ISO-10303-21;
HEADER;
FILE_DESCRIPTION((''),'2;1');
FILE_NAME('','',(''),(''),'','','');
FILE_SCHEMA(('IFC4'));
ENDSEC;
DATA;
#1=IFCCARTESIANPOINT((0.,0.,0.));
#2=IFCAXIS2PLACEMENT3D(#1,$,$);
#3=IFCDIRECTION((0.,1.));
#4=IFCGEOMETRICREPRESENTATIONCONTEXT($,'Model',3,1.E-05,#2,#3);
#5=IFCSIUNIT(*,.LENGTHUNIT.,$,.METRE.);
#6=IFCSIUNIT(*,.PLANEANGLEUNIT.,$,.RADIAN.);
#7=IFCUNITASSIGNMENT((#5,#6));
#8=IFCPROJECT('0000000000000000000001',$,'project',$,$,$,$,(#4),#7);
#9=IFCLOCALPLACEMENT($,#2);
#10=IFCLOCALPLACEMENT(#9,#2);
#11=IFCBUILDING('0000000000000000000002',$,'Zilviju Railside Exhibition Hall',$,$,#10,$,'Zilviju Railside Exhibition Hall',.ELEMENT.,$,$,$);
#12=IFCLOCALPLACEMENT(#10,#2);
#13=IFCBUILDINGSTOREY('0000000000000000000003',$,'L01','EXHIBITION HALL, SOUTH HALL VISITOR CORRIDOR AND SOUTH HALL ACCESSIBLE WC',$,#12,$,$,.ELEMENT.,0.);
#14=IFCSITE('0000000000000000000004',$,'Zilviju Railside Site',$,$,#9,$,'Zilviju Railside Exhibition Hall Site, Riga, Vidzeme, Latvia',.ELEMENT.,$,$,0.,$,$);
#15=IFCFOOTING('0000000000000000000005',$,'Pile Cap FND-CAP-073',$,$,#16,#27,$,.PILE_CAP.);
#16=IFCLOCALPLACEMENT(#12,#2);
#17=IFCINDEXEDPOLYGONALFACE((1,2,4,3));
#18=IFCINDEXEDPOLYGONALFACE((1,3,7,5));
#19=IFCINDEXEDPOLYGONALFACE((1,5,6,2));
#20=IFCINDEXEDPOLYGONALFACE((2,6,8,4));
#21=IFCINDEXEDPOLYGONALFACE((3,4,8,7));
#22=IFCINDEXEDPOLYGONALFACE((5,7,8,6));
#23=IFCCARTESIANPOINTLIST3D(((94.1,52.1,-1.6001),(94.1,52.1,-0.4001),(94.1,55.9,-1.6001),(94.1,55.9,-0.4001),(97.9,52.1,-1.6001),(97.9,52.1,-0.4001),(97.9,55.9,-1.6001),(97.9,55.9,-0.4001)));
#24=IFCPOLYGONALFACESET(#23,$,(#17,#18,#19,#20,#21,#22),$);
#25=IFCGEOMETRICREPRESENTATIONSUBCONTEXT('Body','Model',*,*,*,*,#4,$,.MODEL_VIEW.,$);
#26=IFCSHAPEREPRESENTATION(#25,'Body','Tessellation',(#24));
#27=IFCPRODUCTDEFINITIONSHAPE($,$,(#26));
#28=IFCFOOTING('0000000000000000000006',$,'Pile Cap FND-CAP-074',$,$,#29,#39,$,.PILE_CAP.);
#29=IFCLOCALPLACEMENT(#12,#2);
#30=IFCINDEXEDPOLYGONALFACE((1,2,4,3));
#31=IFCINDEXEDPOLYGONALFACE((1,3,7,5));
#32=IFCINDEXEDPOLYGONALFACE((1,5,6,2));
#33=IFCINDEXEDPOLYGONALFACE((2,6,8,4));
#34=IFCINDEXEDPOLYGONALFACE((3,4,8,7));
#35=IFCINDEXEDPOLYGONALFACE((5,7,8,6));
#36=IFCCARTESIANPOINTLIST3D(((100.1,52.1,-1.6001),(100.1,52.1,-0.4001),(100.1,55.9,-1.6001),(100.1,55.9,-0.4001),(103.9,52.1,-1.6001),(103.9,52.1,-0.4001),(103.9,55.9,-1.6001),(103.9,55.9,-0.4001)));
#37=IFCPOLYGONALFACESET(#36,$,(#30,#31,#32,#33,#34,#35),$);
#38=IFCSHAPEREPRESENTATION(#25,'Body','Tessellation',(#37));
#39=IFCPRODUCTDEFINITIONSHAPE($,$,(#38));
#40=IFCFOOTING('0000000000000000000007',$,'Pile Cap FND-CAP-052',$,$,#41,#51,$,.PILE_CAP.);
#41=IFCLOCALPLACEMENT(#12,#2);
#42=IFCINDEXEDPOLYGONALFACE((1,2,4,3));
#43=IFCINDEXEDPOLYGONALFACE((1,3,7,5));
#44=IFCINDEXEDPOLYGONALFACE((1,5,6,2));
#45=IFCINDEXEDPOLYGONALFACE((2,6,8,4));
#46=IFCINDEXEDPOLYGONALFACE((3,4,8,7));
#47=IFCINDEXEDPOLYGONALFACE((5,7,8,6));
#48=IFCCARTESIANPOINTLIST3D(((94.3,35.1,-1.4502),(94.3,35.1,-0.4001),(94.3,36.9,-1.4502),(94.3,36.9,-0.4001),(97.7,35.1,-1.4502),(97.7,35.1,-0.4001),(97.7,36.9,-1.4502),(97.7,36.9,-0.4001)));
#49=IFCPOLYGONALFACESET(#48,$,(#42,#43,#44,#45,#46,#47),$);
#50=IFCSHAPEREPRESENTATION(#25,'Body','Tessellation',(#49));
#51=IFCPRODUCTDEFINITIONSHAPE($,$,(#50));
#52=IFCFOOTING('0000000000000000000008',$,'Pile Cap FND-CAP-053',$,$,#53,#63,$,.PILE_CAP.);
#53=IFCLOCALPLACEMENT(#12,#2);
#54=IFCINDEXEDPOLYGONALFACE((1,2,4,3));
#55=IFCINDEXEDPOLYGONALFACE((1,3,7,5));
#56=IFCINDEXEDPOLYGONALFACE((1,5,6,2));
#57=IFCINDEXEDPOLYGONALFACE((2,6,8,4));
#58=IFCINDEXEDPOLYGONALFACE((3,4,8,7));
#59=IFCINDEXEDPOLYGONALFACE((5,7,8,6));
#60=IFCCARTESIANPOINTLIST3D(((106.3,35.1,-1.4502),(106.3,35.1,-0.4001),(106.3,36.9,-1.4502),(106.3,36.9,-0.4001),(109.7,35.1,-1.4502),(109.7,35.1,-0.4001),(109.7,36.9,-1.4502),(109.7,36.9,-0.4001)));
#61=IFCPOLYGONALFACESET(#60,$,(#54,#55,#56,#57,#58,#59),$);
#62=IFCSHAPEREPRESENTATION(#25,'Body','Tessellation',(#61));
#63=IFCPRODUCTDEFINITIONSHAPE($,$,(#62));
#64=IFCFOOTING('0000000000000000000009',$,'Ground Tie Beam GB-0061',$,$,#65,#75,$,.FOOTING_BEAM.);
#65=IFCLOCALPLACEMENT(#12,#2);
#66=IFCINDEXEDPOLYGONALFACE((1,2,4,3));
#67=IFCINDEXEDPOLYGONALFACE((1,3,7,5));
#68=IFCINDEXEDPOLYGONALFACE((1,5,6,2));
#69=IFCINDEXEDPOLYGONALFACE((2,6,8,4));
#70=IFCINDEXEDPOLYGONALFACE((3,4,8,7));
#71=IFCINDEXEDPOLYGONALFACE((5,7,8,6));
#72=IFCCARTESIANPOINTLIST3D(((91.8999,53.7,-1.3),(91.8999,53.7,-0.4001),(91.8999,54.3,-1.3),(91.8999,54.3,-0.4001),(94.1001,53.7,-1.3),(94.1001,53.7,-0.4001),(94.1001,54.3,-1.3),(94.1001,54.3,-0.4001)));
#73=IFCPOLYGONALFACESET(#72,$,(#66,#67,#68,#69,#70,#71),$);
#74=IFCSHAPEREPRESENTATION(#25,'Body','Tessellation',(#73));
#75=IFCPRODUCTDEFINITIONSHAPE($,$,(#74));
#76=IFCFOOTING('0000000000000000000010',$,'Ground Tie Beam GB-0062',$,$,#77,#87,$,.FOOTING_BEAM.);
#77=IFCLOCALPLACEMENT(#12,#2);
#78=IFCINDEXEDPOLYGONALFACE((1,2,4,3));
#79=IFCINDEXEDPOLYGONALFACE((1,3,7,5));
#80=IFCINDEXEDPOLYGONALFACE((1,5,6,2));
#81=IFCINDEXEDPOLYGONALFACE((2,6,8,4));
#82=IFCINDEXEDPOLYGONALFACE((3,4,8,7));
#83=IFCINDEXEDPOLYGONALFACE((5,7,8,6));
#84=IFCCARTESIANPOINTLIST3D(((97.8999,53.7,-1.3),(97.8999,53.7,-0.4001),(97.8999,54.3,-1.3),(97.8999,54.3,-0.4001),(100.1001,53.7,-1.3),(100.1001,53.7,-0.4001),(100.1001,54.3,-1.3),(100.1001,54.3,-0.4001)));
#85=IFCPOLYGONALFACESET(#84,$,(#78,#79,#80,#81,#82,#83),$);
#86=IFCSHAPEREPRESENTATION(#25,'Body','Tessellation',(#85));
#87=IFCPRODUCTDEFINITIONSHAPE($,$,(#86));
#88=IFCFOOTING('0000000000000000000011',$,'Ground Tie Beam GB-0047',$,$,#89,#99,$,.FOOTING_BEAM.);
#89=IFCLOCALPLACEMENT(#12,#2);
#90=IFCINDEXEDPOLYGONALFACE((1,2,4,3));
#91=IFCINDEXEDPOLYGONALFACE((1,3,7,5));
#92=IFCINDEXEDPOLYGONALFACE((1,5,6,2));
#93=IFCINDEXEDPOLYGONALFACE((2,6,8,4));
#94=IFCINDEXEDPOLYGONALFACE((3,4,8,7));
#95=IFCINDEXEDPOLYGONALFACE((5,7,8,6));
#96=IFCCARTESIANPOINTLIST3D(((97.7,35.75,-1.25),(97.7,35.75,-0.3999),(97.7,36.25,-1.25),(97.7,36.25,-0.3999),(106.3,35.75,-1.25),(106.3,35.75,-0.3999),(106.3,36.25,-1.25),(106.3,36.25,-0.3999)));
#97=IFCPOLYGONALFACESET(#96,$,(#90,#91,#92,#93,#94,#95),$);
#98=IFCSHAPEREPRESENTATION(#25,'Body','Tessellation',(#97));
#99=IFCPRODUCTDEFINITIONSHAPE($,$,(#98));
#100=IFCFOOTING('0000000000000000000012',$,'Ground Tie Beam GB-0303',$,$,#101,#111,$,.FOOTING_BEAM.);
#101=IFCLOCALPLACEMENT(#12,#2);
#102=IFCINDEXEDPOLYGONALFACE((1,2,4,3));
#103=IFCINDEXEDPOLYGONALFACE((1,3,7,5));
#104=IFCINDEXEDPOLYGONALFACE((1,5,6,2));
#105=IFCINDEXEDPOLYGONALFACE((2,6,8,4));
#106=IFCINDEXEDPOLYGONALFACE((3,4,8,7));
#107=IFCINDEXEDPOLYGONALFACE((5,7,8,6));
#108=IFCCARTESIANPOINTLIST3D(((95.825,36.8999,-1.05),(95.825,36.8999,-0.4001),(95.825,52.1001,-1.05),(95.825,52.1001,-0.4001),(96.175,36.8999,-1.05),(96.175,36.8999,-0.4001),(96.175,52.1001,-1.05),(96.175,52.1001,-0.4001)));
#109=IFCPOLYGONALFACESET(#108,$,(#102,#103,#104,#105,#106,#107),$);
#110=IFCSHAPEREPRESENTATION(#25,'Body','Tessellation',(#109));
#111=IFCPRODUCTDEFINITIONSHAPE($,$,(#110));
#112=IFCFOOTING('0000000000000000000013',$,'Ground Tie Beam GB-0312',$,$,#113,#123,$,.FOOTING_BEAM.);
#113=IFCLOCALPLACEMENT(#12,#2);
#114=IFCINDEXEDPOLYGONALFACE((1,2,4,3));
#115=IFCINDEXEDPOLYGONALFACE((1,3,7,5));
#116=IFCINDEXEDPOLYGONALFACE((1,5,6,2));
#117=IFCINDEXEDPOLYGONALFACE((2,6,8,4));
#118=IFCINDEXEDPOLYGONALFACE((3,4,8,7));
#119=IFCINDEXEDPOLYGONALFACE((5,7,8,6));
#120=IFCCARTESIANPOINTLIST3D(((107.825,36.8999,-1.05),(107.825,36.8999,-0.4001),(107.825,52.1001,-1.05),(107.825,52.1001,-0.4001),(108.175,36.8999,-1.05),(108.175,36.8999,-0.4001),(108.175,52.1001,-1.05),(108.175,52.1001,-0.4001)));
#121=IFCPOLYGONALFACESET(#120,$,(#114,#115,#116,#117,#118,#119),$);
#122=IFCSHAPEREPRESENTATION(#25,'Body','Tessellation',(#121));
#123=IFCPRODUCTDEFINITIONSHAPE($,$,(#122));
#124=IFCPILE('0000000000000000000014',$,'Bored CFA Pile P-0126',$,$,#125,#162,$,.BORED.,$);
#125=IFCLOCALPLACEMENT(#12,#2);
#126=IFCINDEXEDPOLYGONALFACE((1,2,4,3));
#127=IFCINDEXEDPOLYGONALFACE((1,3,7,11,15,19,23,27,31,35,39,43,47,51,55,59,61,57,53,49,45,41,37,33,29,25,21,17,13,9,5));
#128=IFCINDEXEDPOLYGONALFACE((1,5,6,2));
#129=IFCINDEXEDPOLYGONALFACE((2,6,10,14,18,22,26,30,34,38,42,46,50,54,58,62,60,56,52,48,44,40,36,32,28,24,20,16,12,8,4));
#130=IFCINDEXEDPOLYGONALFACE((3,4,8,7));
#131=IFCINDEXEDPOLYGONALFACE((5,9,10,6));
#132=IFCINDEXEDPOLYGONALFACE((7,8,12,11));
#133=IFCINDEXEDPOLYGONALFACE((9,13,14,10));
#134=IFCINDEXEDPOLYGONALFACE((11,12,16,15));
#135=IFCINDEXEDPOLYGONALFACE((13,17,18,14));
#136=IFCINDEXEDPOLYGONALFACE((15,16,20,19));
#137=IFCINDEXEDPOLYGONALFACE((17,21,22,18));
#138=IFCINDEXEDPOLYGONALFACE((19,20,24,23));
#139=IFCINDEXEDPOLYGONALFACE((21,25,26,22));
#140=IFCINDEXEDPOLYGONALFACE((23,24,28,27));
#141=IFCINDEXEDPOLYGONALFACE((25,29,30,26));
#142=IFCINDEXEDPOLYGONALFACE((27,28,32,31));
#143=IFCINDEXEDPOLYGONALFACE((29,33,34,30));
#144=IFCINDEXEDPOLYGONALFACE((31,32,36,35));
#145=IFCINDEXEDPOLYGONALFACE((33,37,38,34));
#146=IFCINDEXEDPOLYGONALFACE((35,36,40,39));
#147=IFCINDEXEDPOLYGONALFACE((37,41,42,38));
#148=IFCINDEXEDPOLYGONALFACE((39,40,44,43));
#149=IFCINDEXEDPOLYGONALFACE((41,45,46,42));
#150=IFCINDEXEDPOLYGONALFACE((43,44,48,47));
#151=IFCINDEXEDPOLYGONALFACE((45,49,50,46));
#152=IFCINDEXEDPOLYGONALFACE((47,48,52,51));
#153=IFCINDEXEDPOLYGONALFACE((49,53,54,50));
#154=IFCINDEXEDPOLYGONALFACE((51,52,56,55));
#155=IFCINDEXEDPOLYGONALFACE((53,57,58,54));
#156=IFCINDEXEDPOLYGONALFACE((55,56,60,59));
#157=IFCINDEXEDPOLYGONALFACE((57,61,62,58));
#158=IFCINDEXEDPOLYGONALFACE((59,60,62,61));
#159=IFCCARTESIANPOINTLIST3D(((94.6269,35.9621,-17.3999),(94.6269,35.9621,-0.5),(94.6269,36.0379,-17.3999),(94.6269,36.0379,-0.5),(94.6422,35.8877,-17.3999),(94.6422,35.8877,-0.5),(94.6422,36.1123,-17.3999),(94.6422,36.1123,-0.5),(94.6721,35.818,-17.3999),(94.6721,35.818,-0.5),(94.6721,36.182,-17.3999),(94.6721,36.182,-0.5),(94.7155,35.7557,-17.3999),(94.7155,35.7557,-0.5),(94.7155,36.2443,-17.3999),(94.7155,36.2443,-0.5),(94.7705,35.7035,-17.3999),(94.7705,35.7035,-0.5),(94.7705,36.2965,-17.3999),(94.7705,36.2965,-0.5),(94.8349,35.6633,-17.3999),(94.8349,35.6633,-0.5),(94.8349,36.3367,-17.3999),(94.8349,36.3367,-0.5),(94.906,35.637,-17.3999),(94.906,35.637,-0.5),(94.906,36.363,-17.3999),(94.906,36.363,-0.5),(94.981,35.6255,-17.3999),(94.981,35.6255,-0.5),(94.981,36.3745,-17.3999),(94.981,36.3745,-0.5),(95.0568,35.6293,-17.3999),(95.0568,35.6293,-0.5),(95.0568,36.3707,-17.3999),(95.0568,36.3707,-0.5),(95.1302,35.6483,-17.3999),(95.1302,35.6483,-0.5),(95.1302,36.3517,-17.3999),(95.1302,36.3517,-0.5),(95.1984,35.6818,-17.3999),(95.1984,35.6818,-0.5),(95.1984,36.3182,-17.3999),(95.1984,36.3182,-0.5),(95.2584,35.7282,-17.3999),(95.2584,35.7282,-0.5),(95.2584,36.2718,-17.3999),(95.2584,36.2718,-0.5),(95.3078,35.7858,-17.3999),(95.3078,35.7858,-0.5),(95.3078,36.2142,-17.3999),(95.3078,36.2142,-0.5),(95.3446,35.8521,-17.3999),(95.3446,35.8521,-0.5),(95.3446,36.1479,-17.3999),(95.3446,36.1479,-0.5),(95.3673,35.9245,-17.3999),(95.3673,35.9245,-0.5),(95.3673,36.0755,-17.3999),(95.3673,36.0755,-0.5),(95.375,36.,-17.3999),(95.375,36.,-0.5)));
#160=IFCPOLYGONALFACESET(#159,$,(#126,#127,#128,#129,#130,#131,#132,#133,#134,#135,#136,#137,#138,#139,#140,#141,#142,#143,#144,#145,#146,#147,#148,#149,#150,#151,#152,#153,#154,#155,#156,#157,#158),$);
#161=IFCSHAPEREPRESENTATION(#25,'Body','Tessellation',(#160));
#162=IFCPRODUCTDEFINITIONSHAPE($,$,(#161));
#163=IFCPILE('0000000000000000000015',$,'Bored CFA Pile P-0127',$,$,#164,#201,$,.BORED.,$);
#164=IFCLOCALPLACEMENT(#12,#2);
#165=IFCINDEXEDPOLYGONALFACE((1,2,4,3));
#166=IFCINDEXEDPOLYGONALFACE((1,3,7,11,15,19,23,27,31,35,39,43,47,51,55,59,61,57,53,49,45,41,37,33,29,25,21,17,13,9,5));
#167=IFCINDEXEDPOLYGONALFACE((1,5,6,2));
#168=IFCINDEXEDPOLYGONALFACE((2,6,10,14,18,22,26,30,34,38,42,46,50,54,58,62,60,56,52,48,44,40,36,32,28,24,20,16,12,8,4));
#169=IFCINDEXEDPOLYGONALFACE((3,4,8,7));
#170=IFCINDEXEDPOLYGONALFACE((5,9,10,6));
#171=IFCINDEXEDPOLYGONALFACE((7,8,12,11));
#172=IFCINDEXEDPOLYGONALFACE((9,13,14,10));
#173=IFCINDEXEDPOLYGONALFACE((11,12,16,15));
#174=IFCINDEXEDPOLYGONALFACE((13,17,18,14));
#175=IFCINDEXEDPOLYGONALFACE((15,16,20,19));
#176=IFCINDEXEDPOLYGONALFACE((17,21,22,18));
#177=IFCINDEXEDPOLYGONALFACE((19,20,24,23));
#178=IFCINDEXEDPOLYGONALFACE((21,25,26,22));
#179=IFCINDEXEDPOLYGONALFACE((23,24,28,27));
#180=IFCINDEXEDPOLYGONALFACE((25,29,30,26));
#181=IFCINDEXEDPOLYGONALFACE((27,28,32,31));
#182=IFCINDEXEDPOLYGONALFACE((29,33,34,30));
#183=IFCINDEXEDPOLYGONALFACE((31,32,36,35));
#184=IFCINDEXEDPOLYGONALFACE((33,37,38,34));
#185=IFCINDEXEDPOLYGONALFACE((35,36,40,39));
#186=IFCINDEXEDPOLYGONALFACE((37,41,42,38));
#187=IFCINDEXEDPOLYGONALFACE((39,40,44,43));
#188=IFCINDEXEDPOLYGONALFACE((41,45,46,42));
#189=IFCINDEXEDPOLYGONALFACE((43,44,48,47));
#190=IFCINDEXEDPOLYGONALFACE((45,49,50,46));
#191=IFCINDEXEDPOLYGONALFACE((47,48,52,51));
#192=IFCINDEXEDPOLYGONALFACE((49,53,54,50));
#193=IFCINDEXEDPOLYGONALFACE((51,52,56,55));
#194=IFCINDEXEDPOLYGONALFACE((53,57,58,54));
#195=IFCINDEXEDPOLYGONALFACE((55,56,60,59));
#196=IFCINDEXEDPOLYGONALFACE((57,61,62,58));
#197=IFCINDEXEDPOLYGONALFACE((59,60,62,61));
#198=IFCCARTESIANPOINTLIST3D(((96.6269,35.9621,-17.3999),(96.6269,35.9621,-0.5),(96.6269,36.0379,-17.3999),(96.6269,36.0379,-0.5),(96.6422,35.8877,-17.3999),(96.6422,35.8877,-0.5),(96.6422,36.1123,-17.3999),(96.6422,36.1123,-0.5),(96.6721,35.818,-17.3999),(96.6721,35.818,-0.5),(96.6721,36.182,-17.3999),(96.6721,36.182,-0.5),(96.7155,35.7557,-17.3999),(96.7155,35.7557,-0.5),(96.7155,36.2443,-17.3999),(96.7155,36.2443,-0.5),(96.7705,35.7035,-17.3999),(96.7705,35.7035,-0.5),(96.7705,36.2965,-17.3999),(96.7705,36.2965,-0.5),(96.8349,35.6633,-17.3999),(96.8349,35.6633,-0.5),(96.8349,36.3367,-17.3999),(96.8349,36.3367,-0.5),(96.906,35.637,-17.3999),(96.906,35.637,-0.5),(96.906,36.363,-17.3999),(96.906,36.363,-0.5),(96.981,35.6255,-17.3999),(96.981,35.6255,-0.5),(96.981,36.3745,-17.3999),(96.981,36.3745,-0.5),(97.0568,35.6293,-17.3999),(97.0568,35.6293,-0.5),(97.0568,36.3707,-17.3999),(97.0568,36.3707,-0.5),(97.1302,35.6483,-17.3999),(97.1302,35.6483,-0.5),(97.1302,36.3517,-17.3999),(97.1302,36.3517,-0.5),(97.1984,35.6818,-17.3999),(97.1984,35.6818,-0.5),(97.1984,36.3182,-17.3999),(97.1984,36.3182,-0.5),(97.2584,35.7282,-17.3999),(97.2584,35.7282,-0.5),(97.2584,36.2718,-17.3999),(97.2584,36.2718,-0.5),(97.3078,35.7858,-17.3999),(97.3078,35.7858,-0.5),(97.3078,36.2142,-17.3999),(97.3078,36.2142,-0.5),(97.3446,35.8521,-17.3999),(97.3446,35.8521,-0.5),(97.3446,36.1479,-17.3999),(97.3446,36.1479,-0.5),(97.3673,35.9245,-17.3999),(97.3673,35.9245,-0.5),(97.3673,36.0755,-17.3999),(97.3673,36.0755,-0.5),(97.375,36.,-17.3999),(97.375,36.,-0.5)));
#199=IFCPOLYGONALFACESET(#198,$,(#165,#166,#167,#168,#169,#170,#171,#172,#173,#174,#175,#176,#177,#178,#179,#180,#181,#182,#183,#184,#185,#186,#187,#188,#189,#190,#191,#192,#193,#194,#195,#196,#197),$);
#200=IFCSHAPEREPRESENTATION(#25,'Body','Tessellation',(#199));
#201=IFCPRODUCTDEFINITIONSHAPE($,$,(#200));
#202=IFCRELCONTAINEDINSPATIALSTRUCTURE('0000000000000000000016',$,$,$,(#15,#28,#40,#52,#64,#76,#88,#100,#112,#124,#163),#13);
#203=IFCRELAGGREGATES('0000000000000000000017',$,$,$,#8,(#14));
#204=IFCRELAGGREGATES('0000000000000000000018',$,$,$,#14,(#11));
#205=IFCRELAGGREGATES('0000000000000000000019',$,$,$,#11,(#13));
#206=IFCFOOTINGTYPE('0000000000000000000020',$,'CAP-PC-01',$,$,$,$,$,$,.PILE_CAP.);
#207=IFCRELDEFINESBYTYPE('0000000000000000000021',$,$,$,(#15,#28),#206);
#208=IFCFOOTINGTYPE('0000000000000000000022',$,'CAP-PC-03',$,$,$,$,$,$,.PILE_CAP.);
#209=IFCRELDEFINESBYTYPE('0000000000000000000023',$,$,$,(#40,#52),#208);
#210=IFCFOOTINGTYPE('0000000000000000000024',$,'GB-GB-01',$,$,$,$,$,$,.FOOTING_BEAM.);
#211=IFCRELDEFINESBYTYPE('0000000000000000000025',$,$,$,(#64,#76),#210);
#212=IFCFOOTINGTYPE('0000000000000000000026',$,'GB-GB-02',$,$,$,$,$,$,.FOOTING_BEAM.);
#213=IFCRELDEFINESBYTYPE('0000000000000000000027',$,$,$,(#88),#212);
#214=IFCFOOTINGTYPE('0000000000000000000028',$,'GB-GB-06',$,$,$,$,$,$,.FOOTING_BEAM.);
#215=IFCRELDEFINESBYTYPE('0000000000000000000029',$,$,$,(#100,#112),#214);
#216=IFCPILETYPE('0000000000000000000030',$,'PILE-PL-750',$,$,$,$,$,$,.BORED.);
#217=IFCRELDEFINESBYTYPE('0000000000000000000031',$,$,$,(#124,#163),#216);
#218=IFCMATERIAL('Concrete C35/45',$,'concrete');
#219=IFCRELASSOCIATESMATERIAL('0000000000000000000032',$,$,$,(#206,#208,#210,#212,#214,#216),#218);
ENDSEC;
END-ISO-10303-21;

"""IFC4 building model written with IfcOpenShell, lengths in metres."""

from ifc_helpers import new_model, si_unit, direction, frame, origin, origin_2d, place, context, subcontext, project, spatial, rectangle, circle, extrude, material, material_profile, profile_set, type_object, element, save


model = new_model("IFC4")

# Units and contexts
model_context = context("Model", 3, precision=1e-05, world=origin(), true_north=direction((0.0, 1.0)))
body_context = subcontext(model_context, "Body", "Model", "MODEL_VIEW")
ifc_project = project(units=[si_unit("LENGTHUNIT", "METRE"), si_unit("PLANEANGLEUNIT", "RADIAN")], contexts=[model_context])

# Site, building, storey
site_placement = place(None, origin())
site = spatial("IfcSite", under=ifc_project, at=site_placement, Name="Zilviju Railside Site", LongName="Zilviju Railside Exhibition Hall Site, Riga, Vidzeme, Latvia", CompositionType="ELEMENT", RefElevation=0.0)
building_placement = place(site_placement, origin())
building = spatial("IfcBuilding", under=site, at=building_placement, Name="Zilviju Railside Exhibition Hall", LongName="Zilviju Railside Exhibition Hall", CompositionType="ELEMENT")
storey_placement = place(building_placement, origin())
storey = spatial("IfcBuildingStorey", under=building, at=storey_placement, Name="L01", Description="EXHIBITION HALL, SOUTH HALL VISITOR CORRIDOR AND SOUTH HALL ACCESSIBLE WC", CompositionType="ELEMENT", Elevation=0.0)

# Footings
ifc_material_1 = material(Name="Concrete C35/45", Category="concrete")
footing_type_1 = type_object("IfcFootingType", Name="CAP-PC-01", PredefinedType="PILE_CAP", material=ifc_material_1)
for number, where, z_axis, x_axis, name in (
    (1, (96.0, 54.0, -1.6001), (0.0, 0.0, 1.0), (1.0, 0.0, 0.0), "Pile Cap FND-CAP-073"),
    (2, (102.0, 54.0, -1.6001), (0.0, 0.0, 1.0), (1.0, 0.0, 0.0), "Pile Cap FND-CAP-074"),
):
    element("IfcFooting", number, at=place(storey_placement, frame(where, z_axis=z_axis, x_axis=x_axis)), inside=storey, type_object=footing_type_1, Name=name, PredefinedType="PILE_CAP", context=body_context, shape_type="SweptSolid", body=[
        extrude(rectangle(XDim=3.8, YDim=3.8, at=origin_2d()), origin(), (0.0, 0.0, 1.0), 1.2),
    ])
footing_type_2 = type_object("IfcFootingType", Name="CAP-PC-03", PredefinedType="PILE_CAP", material=ifc_material_1)
for number, where, z_axis, x_axis, name in (
    (3, (96.0, 36.0, -1.4502), (0.0, 0.0, 1.0), (1.0, 0.0, 0.0), "Pile Cap FND-CAP-052"),
    (4, (108.0, 36.0, -1.4502), (0.0, 0.0, 1.0), (1.0, 0.0, 0.0), "Pile Cap FND-CAP-053"),
):
    element("IfcFooting", number, at=place(storey_placement, frame(where, z_axis=z_axis, x_axis=x_axis)), inside=storey, type_object=footing_type_2, Name=name, PredefinedType="PILE_CAP", context=body_context, shape_type="SweptSolid", body=[
        extrude(rectangle(XDim=3.3999, YDim=1.8, at=origin_2d()), origin(), (0.0, 0.0, 1.0), 1.05),
    ])
ifc_material_profile_1 = material_profile(ifc_material_1, rectangle(XDim=0.6001, YDim=0.8999, at=origin_2d()), Name="TIE BEAM 600x900")
ifc_profile_set_1 = profile_set([ifc_material_profile_1], Name="Concrete C35/45")
footing_type_3 = type_object("IfcFootingType", Name="GB-GB-01", PredefinedType="FOOTING_BEAM", material=ifc_profile_set_1)
for number, where, z_axis, x_axis, name in (
    (5, (91.8999, 54.0, -0.8501), (1.0, 0.0, 0.0), (0.0, 1.0, 0.0), "Ground Tie Beam GB-0061"),
    (6, (97.8999, 54.0, -0.8501), (1.0, 0.0, 0.0), (0.0, 1.0, 0.0), "Ground Tie Beam GB-0062"),
):
    element("IfcFooting", number, at=place(storey_placement, frame(where, z_axis=z_axis, x_axis=x_axis)), inside=storey, type_object=footing_type_3, Name=name, PredefinedType="FOOTING_BEAM", context=body_context, shape_type="SweptSolid", body=[
        extrude(rectangle(XDim=0.6001, YDim=0.8999, at=origin_2d()), origin(), (0.0, 0.0, 1.0), 2.2002),
    ])
ifc_material_profile_2 = material_profile(ifc_material_1, rectangle(XDim=0.5, YDim=0.8501, at=origin_2d()), Name="TIE BEAM 500x850")
ifc_profile_set_2 = profile_set([ifc_material_profile_2], Name="Concrete C35/45")
footing_type_4 = type_object("IfcFootingType", Name="GB-GB-02", PredefinedType="FOOTING_BEAM", material=ifc_profile_set_2)
footing_placement = place(storey_placement, frame((97.7, 36.0, -0.825), z_axis=(1.0, 0.0, 0.0), x_axis=(0.0, 1.0, 0.0)))
element("IfcFooting", 7, at=footing_placement, inside=storey, type_object=footing_type_4, Name="Ground Tie Beam GB-0047", PredefinedType="FOOTING_BEAM", context=body_context, shape_type="SweptSolid", body=[
    extrude(rectangle(XDim=0.5, YDim=0.8501, at=origin_2d()), origin(), (0.0, 0.0, 1.0), 8.6001),
])
ifc_material_profile_3 = material_profile(ifc_material_1, rectangle(XDim=0.3501, YDim=0.6499, at=origin_2d()), Name="TIE BEAM 350x650")
ifc_profile_set_3 = profile_set([ifc_material_profile_3], Name="Concrete C35/45")
footing_type_5 = type_object("IfcFootingType", Name="GB-GB-06", PredefinedType="FOOTING_BEAM", material=ifc_profile_set_3)
for number, where, z_axis, x_axis, name in (
    (8, (96.0, 36.8999, -0.7251), (0.0, 1.0, 0.0), (-1.0, 0.0, 0.0), "Ground Tie Beam GB-0303"),
    (9, (108.0, 36.8999, -0.7251), (0.0, 1.0, 0.0), (-1.0, 0.0, 0.0), "Ground Tie Beam GB-0312"),
):
    element("IfcFooting", number, at=place(storey_placement, frame(where, z_axis=z_axis, x_axis=x_axis)), inside=storey, type_object=footing_type_5, Name=name, PredefinedType="FOOTING_BEAM", context=body_context, shape_type="SweptSolid", body=[
        extrude(rectangle(XDim=0.3501, YDim=0.6499, at=origin_2d()), origin(), (0.0, 0.0, 1.0), 15.2002),
    ])

# Piles
ifc_material_profile_4 = material_profile(ifc_material_1, circle(Radius=0.375, at=origin_2d()), Name="CFA PILE D750")
ifc_profile_set_4 = profile_set([ifc_material_profile_4], Name="Concrete C35/45")
pile_type_1 = type_object("IfcPileType", Name="PILE-PL-750", PredefinedType="BORED", material=ifc_profile_set_4)
for number, where, z_axis, x_axis, name in (
    (10, (95.0, 36.0, -0.5), (0.0, 0.0, -1.0), (1.0, 0.0, 0.0), "Bored CFA Pile P-0126"),
    (11, (97.0, 36.0, -0.5), (0.0, 0.0, -1.0), (1.0, 0.0, 0.0), "Bored CFA Pile P-0127"),
):
    element("IfcPile", number, at=place(storey_placement, frame(where, z_axis=z_axis, x_axis=x_axis)), inside=storey, type_object=pile_type_1, Name=name, PredefinedType="BORED", context=body_context, shape_type="SweptSolid", body=[
        extrude(circle(Radius=0.375, at=origin_2d()), origin(), (0.0, 0.0, 1.0), 16.8999),
    ])

save(model, "model.ifc")
